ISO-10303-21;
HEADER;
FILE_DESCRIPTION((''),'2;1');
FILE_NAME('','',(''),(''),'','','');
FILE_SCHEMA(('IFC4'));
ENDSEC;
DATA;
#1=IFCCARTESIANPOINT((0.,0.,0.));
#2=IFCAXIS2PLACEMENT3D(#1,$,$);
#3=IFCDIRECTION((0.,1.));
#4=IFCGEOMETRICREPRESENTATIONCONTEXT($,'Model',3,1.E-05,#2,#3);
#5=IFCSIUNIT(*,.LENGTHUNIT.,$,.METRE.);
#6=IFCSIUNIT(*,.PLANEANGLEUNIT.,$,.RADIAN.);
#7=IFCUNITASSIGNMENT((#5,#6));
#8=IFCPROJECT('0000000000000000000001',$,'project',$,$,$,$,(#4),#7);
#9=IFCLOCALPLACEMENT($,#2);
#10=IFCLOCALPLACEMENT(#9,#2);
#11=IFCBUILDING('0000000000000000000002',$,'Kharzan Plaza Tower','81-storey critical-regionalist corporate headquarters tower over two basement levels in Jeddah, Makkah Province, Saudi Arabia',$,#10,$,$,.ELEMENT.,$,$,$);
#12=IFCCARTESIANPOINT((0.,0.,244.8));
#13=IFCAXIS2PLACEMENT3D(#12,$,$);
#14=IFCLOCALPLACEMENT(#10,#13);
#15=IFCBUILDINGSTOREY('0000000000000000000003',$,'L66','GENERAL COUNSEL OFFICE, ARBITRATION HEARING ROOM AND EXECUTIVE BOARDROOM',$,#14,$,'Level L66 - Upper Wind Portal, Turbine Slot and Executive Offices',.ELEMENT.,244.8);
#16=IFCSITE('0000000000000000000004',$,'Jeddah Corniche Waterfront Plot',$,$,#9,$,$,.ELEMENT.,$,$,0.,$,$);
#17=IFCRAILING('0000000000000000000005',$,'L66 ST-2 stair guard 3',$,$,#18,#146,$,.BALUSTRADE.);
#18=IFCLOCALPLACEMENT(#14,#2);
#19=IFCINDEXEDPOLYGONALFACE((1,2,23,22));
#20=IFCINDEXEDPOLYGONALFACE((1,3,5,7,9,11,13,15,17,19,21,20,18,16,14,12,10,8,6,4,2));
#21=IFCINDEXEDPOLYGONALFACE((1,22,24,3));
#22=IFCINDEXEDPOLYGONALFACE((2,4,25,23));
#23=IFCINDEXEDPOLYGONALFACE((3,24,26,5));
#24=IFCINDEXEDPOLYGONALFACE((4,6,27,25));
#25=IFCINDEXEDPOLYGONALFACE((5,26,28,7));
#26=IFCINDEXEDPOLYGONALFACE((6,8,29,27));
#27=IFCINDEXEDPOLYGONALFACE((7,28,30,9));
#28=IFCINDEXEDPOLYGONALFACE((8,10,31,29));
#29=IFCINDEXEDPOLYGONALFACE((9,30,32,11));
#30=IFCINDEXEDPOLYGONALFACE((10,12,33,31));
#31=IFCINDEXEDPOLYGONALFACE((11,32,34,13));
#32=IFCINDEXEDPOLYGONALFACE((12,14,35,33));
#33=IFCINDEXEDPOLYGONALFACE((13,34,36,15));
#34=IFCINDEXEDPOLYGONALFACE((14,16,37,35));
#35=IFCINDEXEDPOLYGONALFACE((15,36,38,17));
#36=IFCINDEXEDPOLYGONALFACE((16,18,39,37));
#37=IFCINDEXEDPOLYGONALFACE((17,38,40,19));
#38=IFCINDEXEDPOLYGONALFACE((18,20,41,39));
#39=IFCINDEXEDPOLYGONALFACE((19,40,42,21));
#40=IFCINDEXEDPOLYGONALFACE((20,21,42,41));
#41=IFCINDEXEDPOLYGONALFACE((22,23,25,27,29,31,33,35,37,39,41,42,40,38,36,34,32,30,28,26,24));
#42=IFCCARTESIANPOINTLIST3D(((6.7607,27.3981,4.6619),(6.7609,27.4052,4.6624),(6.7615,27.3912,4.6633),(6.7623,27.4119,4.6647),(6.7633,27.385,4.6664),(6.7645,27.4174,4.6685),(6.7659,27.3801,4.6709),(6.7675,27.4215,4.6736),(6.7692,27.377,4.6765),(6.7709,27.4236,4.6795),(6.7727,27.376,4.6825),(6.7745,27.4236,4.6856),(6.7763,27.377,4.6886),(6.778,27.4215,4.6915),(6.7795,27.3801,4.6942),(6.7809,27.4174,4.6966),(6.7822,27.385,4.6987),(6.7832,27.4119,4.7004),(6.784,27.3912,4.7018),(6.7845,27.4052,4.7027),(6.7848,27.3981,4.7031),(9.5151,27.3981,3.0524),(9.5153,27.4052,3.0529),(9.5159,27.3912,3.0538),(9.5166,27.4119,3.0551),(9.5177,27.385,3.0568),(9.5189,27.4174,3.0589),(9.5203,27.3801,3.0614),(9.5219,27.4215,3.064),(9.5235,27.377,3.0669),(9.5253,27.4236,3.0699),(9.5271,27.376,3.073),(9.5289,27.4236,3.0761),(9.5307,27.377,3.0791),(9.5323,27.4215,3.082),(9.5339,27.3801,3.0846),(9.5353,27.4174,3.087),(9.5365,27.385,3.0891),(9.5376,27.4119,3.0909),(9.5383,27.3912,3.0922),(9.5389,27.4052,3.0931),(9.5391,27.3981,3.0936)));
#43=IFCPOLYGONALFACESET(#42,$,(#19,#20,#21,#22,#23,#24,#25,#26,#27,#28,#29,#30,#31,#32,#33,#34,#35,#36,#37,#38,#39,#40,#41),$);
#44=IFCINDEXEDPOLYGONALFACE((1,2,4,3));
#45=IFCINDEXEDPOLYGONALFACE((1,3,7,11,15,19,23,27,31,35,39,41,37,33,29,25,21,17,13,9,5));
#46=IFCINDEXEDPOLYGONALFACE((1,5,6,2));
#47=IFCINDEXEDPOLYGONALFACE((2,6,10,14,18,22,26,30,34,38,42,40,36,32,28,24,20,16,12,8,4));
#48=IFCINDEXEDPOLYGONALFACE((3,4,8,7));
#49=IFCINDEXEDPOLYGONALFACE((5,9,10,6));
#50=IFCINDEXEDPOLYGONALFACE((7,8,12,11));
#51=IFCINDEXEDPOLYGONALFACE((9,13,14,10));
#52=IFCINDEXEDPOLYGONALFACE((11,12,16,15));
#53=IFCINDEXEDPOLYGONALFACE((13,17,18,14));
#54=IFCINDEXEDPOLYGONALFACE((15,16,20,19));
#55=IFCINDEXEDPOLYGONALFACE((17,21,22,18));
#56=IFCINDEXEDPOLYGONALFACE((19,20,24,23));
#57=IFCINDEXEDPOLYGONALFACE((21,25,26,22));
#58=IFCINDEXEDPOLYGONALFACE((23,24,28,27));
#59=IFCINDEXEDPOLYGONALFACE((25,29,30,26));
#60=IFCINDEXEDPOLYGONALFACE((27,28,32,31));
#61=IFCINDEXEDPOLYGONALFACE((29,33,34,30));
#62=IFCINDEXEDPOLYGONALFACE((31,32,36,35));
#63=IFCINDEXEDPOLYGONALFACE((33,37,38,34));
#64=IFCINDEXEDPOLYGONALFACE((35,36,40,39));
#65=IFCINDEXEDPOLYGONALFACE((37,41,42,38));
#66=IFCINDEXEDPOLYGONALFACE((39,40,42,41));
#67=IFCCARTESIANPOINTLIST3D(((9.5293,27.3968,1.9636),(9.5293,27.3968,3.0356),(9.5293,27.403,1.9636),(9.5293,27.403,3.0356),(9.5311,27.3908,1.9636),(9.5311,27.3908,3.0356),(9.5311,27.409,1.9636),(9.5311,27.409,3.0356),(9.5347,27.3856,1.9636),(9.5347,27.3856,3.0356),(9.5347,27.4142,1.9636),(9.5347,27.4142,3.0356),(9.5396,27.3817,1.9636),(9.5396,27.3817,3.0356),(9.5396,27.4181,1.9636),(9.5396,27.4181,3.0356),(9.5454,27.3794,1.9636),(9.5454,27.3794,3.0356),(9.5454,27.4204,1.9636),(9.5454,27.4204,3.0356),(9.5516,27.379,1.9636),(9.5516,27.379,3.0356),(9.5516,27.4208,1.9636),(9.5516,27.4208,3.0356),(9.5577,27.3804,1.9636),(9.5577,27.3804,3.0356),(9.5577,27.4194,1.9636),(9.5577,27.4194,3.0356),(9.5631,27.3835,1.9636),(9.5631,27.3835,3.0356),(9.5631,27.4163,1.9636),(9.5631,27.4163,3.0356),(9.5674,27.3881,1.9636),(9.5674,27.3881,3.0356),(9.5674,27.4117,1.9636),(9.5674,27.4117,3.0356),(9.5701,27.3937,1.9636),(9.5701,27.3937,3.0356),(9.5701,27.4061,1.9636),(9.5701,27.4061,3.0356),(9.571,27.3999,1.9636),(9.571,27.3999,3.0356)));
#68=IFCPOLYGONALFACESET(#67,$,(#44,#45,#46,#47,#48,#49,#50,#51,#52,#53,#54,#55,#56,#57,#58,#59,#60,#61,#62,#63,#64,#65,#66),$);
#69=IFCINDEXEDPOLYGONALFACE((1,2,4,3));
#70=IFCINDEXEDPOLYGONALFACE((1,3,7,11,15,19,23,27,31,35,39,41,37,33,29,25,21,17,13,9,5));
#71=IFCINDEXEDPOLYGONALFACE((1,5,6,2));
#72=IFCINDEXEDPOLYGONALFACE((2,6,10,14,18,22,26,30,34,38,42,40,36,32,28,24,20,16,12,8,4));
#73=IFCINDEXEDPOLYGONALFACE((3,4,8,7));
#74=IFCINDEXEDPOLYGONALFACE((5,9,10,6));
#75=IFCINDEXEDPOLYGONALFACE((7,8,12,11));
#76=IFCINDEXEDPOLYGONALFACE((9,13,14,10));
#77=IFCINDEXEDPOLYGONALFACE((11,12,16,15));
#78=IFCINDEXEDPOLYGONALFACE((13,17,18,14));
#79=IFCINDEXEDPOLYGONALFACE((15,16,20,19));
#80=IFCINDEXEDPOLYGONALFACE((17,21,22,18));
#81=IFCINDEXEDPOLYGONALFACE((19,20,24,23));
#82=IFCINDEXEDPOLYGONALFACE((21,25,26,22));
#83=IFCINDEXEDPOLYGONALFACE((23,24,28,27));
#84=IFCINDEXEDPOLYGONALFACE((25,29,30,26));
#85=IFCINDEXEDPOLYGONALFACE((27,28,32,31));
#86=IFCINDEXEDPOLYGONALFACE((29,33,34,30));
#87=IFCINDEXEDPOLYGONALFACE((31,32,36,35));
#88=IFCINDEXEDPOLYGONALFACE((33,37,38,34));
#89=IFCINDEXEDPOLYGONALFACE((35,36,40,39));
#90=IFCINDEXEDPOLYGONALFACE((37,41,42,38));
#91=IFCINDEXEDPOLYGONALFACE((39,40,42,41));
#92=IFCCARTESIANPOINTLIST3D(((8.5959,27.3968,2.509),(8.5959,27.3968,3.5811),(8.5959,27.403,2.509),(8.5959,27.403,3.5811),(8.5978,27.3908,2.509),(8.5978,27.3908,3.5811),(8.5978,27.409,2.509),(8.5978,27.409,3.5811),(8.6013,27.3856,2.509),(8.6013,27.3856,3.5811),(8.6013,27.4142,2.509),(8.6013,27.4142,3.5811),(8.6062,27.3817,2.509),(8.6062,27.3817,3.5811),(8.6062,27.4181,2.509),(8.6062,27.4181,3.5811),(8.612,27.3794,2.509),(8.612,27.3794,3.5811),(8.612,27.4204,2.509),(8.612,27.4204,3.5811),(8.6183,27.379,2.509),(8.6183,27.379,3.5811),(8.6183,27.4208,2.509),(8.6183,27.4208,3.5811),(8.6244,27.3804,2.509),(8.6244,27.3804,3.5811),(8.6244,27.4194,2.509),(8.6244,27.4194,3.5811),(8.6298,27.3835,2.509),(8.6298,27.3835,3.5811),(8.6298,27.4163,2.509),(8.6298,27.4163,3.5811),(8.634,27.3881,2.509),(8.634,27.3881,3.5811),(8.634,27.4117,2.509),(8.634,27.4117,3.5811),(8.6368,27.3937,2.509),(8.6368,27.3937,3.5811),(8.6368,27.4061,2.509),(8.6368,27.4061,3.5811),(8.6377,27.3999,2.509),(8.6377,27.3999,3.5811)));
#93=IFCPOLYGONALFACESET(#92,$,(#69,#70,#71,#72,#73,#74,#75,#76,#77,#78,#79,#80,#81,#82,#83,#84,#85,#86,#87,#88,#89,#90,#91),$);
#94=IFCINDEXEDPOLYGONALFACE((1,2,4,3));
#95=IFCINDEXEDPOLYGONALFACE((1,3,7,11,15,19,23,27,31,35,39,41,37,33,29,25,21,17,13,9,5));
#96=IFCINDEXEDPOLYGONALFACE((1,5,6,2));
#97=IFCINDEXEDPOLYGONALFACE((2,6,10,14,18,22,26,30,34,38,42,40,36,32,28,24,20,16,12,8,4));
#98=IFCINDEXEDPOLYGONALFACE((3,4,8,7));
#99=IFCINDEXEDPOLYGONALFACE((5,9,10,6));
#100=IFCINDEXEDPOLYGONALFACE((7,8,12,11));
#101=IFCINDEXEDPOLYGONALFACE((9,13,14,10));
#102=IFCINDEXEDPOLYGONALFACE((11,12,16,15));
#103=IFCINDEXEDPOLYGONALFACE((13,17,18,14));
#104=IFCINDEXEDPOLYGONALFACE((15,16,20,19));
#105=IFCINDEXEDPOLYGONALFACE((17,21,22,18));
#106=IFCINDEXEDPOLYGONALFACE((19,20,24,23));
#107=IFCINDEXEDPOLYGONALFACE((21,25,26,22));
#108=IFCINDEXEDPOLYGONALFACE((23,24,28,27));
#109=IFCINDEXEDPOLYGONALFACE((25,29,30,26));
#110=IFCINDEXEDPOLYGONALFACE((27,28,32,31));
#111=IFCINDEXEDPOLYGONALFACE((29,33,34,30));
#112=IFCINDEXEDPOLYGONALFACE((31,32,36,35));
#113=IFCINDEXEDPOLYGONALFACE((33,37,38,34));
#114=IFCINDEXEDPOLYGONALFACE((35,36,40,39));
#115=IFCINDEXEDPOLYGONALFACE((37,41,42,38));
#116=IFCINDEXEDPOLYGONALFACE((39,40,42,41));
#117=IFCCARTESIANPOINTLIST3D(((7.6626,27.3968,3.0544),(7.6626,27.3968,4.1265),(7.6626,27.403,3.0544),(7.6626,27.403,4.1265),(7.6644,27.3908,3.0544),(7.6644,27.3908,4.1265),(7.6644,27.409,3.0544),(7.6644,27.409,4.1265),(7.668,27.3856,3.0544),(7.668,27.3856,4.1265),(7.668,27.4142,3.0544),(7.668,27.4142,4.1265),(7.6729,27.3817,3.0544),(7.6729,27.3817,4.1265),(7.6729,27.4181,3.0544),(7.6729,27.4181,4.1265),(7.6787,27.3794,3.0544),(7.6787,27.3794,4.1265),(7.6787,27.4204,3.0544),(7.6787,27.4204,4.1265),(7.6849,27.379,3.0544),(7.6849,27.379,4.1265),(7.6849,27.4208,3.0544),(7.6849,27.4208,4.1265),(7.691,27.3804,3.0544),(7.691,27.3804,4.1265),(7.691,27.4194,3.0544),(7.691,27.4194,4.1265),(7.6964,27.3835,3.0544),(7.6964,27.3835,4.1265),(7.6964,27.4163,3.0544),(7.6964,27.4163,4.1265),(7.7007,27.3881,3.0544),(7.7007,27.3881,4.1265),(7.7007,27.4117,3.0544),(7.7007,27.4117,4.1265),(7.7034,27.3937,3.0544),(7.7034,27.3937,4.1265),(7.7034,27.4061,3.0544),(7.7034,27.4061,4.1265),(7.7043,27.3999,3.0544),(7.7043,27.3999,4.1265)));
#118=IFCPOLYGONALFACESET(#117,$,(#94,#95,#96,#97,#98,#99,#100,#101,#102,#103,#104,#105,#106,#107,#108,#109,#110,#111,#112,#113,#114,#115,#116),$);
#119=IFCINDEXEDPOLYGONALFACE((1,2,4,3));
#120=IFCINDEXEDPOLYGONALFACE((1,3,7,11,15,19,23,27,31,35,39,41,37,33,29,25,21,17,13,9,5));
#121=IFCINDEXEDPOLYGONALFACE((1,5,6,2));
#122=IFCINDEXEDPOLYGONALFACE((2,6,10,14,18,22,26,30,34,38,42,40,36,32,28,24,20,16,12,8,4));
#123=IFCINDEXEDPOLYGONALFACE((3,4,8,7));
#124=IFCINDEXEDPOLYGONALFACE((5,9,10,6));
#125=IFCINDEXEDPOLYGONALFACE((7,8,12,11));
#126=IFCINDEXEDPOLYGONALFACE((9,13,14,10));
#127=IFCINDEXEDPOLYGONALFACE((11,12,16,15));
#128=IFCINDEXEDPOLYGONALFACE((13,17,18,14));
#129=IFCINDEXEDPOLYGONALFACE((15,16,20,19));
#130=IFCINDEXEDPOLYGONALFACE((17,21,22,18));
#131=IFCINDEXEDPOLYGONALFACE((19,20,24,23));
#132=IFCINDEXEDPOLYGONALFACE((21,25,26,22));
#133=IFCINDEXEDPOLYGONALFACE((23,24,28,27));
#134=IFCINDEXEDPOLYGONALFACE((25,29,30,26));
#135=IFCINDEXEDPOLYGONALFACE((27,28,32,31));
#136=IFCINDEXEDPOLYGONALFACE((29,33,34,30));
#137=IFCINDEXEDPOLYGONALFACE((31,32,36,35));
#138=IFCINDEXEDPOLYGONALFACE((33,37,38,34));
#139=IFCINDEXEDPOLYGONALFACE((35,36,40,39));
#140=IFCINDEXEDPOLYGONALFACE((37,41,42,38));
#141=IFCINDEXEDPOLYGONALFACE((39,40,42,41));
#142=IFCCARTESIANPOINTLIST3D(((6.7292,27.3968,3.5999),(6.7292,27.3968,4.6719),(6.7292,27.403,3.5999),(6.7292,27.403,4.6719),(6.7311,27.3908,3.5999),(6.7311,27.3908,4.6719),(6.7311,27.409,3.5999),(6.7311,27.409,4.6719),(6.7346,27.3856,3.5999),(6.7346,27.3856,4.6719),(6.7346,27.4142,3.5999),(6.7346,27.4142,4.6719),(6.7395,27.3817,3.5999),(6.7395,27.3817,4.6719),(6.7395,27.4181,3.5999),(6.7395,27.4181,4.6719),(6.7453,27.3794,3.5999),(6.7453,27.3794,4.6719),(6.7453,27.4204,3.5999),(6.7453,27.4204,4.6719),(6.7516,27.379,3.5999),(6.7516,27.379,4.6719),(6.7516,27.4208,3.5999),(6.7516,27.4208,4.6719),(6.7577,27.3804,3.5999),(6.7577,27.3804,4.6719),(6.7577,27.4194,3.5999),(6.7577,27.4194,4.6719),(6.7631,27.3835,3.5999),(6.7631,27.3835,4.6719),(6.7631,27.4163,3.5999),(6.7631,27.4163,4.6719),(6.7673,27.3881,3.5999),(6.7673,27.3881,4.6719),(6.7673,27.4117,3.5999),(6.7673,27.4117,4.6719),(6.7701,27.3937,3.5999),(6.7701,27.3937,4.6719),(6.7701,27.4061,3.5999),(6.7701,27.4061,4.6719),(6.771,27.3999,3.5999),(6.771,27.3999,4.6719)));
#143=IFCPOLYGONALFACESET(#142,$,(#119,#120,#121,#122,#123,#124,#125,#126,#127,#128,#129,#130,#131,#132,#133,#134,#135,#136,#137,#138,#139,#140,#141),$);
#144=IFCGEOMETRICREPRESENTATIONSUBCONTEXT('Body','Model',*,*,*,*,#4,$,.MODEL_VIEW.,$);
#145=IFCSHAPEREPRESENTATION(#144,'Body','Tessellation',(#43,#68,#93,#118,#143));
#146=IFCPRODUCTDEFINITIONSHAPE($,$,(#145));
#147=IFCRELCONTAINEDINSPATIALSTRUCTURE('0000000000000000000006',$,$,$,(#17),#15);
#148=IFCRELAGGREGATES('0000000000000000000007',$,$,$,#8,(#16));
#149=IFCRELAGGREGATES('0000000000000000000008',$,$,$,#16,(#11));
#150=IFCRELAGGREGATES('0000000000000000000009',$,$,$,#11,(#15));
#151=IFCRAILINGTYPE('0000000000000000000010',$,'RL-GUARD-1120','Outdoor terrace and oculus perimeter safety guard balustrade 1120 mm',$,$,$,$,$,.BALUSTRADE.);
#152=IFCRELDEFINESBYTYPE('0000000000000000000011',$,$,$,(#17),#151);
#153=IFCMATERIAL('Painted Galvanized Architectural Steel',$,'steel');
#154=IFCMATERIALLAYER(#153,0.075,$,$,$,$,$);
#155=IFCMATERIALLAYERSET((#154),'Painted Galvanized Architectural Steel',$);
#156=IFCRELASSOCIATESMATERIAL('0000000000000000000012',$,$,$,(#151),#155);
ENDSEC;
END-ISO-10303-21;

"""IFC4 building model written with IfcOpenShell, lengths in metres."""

from ifc_helpers import new_model, si_unit, direction, frame, origin, origin_2d, place, context, subcontext, project, spatial, circle, extrude, source, transform, mapped, material, layer, layer_set, type_object, element, save


model = new_model("IFC4")

# Units and contexts
model_context = context("Model", 3, precision=1e-05, world=origin(), true_north=direction((0.0, 1.0)))
body_context = subcontext(model_context, "Body", "Model", "MODEL_VIEW")
ifc_project = project(units=[si_unit("LENGTHUNIT", "METRE"), si_unit("PLANEANGLEUNIT", "RADIAN")], contexts=[model_context])

# Site, building, storey
site_placement = place(None, origin())
site = spatial("IfcSite", under=ifc_project, at=site_placement, Name="Jeddah Corniche Waterfront Plot", CompositionType="ELEMENT", RefElevation=0.0)
building_placement = place(site_placement, origin())
building = spatial("IfcBuilding", under=site, at=building_placement, Name="Kharzan Plaza Tower", Description="81-storey critical-regionalist corporate headquarters tower over two basement levels in Jeddah, Makkah Province, Saudi Arabia", CompositionType="ELEMENT")
storey_placement = place(building_placement, frame((0.0, 0.0, 244.8)))
storey = spatial("IfcBuildingStorey", under=building, at=storey_placement, Name="L66", Description="GENERAL COUNSEL OFFICE, ARBITRATION HEARING ROOM AND EXECUTIVE BOARDROOM", LongName="Level L66 - Upper Wind Portal, Turbine Slot and Executive Offices", CompositionType="ELEMENT", Elevation=244.8)

# Railing
ifc_material_1 = material(Name="Painted Galvanized Architectural Steel", Category="steel")
ifc_layer_1 = layer(ifc_material_1, 0.075)
ifc_layer_set_1 = layer_set([ifc_layer_1], Name="Painted Galvanized Architectural Steel")
railing_type_1 = type_object("IfcRailingType", Name="RL-GUARD-1120", Description="Outdoor terrace and oculus perimeter safety guard balustrade 1120 mm", PredefinedType="BALUSTRADE", material=ifc_layer_set_1)
shared_shape_1 = source(origin(), body_context, "Body", "SweptSolid", [
    extrude(circle(Radius=0.0239, at=origin_2d()), frame((-0.0229, 0.0, 1.1094), z_axis=(-0.863394, 0.0, 0.504531), x_axis=(0.0, -1.0, 0.0)), (0.0, 0.0, 1.0), 3.1902),
    extrude(circle(Radius=0.021, at=origin_2d()), origin(), (0.0, 0.0, 1.0), 1.072),
    extrude(circle(Radius=0.021, at=origin_2d()), frame((-0.9333, 0.0, 0.5454)), (0.0, 0.0, 1.0), 1.072),
    extrude(circle(Radius=0.021, at=origin_2d()), frame((-1.8667, 0.0, 1.0908)), (0.0, 0.0, 1.0), 1.072),
    extrude(circle(Radius=0.021, at=origin_2d()), frame((-2.8, 0.0, 1.6362)), (0.0, 0.0, 1.0), 1.072),
])
railing_1_placement = place(storey_placement, frame((9.55, 27.3999, 1.9636)))
element("IfcRailing", 1, at=railing_1_placement, inside=storey, type_object=railing_type_1, Name="L66 ST-2 stair guard 3", PredefinedType="BALUSTRADE", context=body_context, shape_type="MappedRepresentation", body=[
    mapped(shared_shape_1, transform((0.0, 0.0, 0.0), x_axis=(1.0, 0.0, 0.0), y_axis=(0.0, 1.0, 0.0), z_axis=(0.0, 0.0, 1.0))),
])

save(model, "model.ifc")
